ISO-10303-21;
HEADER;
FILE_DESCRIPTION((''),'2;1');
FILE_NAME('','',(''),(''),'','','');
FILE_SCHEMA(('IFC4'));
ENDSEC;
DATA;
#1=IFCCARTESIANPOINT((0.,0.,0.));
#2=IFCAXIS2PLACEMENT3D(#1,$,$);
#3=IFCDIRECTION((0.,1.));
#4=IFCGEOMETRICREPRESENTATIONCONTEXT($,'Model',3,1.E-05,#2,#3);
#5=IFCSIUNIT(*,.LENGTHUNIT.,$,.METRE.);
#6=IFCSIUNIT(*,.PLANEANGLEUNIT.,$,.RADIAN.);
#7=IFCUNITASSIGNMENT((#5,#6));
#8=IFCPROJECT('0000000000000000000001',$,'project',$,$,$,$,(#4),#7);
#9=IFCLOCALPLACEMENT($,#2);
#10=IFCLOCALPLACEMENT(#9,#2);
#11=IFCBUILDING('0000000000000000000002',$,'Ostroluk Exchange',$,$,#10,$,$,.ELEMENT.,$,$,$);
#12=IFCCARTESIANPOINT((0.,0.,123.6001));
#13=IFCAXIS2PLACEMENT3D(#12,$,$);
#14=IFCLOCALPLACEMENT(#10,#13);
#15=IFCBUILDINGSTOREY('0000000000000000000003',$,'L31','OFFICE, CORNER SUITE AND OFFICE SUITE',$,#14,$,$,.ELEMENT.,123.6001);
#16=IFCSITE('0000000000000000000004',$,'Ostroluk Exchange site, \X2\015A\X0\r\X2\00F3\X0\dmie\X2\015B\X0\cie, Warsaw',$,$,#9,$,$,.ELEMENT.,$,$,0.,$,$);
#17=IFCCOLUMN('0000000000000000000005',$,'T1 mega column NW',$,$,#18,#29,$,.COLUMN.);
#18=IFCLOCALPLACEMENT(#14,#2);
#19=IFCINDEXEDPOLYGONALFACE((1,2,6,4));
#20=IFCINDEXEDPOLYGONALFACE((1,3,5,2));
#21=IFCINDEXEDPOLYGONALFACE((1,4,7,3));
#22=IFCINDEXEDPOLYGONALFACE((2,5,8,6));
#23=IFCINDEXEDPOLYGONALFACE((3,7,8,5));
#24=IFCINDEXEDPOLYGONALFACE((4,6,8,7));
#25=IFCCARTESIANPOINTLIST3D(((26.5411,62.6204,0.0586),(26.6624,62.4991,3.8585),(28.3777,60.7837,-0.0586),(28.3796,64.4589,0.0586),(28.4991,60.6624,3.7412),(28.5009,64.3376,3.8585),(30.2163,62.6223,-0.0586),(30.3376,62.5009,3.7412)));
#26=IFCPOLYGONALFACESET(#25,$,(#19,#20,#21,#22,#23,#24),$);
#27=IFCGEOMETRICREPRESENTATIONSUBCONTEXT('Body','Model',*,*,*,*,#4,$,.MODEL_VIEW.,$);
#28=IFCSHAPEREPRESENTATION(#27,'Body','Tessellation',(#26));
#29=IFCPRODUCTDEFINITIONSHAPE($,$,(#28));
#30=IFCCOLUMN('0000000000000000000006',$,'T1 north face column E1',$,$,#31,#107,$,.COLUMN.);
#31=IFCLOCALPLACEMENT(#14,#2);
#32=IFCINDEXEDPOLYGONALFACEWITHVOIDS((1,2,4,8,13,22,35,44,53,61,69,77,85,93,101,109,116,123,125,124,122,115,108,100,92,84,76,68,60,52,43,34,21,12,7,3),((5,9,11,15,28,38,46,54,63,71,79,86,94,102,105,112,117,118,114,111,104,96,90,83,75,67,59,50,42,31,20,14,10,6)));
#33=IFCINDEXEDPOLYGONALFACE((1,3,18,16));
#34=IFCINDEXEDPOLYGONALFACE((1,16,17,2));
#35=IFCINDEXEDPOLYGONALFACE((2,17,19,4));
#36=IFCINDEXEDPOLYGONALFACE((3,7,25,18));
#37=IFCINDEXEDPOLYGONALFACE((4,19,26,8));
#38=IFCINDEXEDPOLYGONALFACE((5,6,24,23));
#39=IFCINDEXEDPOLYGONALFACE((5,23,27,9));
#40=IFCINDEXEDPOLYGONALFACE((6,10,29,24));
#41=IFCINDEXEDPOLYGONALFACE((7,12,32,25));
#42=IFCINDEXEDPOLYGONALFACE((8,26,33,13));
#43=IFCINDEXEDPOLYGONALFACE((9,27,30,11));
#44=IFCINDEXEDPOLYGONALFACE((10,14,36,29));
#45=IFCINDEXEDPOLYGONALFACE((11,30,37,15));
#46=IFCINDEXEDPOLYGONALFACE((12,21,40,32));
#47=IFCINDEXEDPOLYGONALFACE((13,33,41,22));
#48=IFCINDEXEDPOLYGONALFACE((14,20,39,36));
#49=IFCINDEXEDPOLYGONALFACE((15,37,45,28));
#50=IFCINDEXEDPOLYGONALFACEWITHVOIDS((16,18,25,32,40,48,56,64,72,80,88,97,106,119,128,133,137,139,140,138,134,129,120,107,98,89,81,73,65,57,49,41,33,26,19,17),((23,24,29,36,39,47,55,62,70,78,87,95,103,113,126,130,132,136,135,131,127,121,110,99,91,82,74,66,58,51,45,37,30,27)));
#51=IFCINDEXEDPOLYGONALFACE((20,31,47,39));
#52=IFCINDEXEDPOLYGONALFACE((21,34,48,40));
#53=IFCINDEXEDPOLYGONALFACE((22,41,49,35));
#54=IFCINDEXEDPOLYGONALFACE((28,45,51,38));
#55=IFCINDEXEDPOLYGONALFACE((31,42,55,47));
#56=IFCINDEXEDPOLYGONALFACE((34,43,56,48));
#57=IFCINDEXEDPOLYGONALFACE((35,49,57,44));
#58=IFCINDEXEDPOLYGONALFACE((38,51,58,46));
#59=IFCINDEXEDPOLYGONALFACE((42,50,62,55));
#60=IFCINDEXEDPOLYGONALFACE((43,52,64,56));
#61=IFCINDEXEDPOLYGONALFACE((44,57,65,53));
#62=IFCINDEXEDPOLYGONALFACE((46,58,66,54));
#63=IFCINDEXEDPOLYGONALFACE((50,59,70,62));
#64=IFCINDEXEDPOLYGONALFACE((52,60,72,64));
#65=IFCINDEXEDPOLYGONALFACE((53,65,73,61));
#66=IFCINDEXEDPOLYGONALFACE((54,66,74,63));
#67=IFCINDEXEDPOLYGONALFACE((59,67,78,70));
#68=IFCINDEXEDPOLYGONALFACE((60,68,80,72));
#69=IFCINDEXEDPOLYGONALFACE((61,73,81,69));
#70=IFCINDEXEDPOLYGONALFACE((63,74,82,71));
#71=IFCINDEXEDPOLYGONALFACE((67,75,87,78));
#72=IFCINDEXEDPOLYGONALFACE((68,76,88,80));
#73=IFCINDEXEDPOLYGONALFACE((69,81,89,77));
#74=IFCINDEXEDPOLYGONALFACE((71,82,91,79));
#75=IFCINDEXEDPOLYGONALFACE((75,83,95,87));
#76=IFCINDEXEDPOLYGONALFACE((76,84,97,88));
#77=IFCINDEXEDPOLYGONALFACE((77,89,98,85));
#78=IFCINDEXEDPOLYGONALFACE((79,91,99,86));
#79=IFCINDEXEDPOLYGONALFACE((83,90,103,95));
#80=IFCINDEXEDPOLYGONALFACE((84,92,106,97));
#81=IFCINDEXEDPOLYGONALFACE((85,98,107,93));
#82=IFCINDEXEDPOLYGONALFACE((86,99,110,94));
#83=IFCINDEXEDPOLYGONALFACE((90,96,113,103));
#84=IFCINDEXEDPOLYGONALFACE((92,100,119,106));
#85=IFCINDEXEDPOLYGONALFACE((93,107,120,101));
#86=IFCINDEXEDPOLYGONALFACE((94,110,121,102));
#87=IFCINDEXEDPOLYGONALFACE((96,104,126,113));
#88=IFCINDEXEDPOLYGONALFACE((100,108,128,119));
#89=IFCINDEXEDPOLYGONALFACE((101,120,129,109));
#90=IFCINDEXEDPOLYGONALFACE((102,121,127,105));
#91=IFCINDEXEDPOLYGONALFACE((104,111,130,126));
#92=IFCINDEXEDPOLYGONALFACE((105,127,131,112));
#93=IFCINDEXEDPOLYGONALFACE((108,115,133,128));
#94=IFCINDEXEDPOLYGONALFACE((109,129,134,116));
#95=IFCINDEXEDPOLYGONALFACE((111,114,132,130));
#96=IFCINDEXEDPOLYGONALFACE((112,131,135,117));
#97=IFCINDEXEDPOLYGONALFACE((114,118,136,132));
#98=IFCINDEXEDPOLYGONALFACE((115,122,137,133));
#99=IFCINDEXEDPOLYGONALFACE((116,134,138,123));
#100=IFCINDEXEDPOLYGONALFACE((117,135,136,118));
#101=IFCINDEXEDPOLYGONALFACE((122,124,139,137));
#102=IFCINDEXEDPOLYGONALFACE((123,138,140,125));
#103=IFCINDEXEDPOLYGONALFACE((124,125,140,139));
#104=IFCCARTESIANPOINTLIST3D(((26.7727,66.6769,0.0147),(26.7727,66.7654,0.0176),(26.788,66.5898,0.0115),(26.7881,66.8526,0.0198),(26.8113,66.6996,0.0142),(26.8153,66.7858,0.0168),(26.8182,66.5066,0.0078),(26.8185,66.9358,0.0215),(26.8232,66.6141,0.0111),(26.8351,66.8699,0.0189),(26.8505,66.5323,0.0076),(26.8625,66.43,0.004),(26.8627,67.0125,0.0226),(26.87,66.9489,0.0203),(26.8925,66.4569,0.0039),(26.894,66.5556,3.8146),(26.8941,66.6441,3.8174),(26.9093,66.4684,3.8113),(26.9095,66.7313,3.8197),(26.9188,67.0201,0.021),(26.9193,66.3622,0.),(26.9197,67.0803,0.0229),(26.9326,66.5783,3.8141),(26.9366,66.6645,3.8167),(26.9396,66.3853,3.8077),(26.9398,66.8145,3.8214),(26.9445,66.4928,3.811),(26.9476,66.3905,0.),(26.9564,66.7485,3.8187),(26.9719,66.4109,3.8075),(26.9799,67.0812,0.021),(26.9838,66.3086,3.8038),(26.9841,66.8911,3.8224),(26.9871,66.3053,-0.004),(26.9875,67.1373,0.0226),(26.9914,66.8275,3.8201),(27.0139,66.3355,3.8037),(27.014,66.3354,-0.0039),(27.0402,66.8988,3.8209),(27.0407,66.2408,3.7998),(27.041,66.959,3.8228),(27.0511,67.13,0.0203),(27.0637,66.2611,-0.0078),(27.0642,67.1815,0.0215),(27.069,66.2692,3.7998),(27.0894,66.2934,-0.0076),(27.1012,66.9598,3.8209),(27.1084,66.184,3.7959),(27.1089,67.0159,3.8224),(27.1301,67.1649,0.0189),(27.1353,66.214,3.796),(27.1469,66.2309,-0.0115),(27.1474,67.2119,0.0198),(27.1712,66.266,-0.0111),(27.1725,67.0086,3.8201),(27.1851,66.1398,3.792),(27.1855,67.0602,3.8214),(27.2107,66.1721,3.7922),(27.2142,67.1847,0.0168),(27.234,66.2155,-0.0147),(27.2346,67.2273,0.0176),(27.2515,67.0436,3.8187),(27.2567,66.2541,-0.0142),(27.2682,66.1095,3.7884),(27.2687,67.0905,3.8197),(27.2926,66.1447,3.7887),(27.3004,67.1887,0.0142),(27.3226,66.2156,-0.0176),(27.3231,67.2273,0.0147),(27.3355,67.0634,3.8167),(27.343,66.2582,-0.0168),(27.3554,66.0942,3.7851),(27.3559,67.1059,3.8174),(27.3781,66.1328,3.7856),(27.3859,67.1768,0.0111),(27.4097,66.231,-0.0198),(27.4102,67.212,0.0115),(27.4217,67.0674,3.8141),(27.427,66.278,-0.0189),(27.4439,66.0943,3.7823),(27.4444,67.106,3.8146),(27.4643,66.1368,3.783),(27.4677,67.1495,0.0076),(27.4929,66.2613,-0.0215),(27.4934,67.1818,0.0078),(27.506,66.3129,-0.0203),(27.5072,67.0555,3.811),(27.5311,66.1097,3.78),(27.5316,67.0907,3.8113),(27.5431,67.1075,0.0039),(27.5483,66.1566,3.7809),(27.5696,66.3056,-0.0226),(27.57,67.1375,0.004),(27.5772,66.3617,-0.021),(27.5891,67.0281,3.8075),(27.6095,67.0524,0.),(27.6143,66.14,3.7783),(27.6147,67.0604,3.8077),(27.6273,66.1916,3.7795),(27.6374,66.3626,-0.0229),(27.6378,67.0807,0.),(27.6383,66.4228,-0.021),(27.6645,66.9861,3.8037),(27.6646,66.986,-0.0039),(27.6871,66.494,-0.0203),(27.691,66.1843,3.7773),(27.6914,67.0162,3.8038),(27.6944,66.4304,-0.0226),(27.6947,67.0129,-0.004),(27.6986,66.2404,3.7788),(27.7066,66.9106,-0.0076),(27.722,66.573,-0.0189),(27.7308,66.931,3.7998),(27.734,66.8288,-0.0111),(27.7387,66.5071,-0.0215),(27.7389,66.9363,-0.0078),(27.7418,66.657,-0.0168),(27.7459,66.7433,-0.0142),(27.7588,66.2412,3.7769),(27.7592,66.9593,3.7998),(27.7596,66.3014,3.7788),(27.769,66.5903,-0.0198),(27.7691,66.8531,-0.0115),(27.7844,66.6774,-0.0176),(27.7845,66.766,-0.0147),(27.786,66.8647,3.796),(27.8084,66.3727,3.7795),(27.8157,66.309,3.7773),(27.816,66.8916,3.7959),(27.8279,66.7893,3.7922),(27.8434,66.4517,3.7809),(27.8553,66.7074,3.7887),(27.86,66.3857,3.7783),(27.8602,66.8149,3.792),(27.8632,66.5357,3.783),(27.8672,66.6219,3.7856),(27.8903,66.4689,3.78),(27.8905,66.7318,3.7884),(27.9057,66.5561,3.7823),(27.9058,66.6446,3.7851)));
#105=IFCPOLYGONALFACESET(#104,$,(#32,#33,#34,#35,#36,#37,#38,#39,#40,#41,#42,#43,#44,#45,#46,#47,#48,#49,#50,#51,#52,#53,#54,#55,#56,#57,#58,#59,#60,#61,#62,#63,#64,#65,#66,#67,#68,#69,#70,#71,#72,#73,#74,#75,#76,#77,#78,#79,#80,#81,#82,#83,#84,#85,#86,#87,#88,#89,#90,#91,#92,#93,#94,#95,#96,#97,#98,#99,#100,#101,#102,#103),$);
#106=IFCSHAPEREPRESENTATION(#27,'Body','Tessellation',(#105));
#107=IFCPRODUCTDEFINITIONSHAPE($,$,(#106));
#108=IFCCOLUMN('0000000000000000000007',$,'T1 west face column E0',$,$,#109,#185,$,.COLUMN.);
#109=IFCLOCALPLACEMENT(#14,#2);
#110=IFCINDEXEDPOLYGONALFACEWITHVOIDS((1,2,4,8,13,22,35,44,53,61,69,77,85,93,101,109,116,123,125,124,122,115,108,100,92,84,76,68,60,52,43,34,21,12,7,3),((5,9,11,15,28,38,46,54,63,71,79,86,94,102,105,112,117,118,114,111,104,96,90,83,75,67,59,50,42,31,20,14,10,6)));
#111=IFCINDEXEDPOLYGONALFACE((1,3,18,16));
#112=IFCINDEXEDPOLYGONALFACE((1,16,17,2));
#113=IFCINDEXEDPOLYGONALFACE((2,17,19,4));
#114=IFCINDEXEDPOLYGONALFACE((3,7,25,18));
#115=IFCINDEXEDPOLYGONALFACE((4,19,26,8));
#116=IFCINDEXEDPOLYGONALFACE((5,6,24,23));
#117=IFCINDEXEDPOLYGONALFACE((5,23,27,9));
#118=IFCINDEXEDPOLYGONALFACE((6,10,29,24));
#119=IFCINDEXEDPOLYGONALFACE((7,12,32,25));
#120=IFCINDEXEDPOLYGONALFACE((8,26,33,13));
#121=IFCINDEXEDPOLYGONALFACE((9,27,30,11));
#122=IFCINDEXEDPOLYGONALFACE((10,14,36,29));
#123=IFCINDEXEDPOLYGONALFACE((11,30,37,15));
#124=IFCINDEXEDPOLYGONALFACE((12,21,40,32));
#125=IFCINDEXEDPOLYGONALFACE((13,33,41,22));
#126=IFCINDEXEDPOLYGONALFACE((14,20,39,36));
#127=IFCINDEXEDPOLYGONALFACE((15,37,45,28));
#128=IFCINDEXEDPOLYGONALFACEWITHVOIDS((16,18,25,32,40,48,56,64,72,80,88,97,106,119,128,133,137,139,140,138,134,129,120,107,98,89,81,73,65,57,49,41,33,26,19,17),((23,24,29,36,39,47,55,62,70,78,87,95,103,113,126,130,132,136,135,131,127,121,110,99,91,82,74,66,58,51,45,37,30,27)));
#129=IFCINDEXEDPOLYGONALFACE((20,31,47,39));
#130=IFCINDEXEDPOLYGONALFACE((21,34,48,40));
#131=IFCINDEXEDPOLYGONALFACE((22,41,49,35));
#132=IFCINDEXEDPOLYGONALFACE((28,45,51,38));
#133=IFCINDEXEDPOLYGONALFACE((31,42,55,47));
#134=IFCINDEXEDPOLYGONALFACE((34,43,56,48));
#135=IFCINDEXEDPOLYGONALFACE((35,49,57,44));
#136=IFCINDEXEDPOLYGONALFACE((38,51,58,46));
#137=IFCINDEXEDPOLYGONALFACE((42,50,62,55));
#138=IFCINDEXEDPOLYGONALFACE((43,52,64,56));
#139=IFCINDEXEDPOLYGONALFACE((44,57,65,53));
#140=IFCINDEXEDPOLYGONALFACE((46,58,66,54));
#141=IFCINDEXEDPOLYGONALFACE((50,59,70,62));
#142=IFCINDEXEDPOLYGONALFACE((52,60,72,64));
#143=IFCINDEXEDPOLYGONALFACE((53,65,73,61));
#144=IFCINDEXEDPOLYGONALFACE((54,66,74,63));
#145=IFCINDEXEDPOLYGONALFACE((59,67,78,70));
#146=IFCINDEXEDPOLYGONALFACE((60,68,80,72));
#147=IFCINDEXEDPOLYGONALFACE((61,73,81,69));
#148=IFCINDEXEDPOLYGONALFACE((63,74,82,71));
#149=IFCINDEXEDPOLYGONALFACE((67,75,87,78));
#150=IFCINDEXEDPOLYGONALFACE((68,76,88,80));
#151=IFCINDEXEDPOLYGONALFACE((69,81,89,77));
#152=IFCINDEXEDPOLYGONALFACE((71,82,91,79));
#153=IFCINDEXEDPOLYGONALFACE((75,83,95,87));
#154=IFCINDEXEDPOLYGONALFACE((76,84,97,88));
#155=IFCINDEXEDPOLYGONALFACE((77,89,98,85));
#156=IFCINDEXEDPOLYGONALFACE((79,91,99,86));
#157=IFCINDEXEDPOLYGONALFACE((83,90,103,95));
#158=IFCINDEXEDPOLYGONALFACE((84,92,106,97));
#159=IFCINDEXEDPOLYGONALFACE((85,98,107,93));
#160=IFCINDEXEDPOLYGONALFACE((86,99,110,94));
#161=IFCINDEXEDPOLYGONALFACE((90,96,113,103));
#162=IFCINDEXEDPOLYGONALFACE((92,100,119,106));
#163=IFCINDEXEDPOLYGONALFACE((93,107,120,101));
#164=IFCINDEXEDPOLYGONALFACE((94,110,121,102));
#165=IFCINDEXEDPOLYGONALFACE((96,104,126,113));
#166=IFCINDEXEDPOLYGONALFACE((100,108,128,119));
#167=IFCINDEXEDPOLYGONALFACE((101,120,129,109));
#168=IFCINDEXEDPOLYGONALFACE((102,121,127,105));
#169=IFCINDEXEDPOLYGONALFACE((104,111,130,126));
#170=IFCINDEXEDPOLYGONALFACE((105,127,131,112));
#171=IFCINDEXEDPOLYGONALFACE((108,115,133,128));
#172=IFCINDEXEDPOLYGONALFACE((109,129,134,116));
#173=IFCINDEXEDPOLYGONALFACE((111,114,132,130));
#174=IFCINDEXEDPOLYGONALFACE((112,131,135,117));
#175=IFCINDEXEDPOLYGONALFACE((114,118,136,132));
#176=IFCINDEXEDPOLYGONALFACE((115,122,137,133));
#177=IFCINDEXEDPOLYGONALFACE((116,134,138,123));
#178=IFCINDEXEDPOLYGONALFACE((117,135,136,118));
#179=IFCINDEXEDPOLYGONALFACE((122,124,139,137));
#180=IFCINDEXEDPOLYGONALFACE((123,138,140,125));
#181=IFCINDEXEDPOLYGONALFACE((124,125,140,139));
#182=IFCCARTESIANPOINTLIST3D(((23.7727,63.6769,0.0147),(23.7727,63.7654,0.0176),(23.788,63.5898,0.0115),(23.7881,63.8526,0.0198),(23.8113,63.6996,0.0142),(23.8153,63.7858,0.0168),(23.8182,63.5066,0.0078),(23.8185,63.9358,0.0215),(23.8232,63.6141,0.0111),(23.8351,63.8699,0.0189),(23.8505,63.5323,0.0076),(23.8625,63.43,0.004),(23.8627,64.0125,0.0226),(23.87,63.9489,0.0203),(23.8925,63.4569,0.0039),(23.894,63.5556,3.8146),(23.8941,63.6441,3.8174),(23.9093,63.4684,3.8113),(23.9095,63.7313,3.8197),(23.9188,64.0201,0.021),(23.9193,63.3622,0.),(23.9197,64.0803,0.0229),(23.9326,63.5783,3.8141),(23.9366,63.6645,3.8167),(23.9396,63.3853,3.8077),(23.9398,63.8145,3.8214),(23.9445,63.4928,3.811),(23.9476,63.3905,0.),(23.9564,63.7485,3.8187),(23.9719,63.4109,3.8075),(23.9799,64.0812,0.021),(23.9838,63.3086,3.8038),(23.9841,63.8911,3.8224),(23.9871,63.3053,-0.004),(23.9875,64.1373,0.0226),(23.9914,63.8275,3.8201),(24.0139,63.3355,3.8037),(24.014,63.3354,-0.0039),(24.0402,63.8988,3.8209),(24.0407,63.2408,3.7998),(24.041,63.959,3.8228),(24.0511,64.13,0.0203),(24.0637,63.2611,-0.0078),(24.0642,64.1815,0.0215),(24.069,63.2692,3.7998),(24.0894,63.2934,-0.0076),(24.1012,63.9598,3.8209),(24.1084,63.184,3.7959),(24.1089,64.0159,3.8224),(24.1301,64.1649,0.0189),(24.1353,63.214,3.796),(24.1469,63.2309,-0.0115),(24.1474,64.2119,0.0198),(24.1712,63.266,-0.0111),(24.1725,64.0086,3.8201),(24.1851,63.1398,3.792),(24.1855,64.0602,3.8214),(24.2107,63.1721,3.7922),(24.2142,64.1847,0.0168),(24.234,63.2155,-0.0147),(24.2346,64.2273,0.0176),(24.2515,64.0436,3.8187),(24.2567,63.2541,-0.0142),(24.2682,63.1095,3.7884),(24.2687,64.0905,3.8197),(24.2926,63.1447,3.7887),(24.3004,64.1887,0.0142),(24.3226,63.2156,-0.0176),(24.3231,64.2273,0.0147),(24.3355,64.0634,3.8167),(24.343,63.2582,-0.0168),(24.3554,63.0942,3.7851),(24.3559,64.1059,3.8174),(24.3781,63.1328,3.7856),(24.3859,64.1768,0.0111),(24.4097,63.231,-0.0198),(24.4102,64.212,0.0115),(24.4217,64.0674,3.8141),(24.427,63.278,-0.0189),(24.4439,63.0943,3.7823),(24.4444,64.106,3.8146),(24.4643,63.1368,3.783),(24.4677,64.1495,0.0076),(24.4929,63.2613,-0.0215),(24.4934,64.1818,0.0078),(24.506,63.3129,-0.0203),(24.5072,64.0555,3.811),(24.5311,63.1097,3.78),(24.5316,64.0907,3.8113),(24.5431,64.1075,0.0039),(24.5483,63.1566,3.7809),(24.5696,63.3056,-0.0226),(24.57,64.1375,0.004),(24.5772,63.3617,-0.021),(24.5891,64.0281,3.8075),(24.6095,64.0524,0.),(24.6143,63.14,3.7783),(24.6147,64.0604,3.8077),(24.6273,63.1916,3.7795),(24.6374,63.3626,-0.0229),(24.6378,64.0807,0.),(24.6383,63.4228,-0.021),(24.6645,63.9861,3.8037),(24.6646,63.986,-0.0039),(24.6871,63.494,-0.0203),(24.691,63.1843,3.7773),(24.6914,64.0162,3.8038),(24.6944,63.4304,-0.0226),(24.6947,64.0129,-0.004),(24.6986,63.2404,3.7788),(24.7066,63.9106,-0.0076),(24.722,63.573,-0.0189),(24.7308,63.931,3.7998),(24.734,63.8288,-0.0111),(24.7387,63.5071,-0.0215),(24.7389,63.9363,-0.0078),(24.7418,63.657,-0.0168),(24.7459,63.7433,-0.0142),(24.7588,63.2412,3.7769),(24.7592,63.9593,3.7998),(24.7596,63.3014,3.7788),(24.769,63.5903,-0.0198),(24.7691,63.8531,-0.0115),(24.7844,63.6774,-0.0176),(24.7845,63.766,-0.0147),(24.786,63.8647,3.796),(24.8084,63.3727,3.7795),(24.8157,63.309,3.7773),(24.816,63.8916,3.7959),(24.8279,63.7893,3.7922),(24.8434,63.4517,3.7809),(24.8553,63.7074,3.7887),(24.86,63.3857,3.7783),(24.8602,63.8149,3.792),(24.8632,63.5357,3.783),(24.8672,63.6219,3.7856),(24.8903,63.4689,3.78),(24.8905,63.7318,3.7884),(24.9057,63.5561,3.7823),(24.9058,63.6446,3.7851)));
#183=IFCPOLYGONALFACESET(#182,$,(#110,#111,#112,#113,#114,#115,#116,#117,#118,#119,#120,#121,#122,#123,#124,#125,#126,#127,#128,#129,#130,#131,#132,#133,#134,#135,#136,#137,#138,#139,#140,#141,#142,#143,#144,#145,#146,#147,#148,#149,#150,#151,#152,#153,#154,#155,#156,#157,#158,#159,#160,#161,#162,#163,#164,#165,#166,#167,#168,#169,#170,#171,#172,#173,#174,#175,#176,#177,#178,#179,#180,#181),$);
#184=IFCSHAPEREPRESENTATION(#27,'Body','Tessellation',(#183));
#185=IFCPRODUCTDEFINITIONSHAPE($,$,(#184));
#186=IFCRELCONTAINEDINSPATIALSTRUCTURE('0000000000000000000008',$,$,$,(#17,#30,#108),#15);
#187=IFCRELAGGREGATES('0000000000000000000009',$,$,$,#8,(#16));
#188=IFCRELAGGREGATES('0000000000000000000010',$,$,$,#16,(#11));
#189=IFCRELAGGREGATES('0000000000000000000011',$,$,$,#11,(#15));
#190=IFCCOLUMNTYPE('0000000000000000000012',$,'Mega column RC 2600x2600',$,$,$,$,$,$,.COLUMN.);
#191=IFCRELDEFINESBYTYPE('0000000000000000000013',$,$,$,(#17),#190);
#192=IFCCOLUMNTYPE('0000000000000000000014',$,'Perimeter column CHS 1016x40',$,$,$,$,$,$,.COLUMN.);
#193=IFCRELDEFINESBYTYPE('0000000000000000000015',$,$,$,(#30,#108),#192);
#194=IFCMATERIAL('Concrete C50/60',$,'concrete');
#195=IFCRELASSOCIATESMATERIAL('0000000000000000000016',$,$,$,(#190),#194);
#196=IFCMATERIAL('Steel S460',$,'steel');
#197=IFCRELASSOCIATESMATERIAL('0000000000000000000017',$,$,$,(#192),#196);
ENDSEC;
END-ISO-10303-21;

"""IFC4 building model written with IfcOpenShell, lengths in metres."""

from ifc_helpers import new_model, si_unit, direction, frame, origin, origin_2d, place, context, subcontext, project, spatial, rectangle, hollow_circle, extrude, material, material_profile, profile_set, type_object, element, save


model = new_model("IFC4")

# Units and contexts
model_context = context("Model", 3, precision=1e-05, world=origin(), true_north=direction((0.0, 1.0)))
body_context = subcontext(model_context, "Body", "Model", "MODEL_VIEW")
ifc_project = project(units=[si_unit("LENGTHUNIT", "METRE"), si_unit("PLANEANGLEUNIT", "RADIAN")], contexts=[model_context])

# Site, building, storey
site_placement = place(None, origin())
site = spatial("IfcSite", under=ifc_project, at=site_placement, Name="Ostroluk Exchange site, Śródmieście, Warsaw", CompositionType="ELEMENT", RefElevation=0.0)
building_placement = place(site_placement, origin())
building = spatial("IfcBuilding", under=site, at=building_placement, Name="Ostroluk Exchange", CompositionType="ELEMENT")
storey_placement = place(building_placement, frame((0.0, 0.0, 123.6001)))
storey = spatial("IfcBuildingStorey", under=building, at=storey_placement, Name="L31", Description="OFFICE, CORNER SUITE AND OFFICE SUITE", CompositionType="ELEMENT", Elevation=123.6001)

# Columns
ifc_material_1 = material(Name="Concrete C50/60", Category="concrete")
ifc_material_profile_1 = material_profile(ifc_material_1, rectangle(XDim=2.6001, YDim=2.6001, at=origin_2d()), Name="RC 2600x2600")
ifc_profile_set_1 = profile_set([ifc_material_profile_1], Name="Concrete C50/60")
column_type_1 = type_object("IfcColumnType", Name="Mega column RC 2600x2600", PredefinedType="COLUMN", material=ifc_profile_set_1)
column_placement = place(storey_placement, frame((28.3787, 62.6213, 0.0), z_axis=(0.0319, -0.0319, 0.998982), x_axis=(0.707107, 0.707107, 0.0)))
element("IfcColumn", 1, at=column_placement, inside=storey, type_object=column_type_1, Name="T1 mega column NW", PredefinedType="COLUMN", context=body_context, shape_type="SweptSolid", body=[
    extrude(rectangle(XDim=2.6001, YDim=2.6001, at=origin_2d()), origin(), (0.0, 0.0, 1.0), 3.8037),
])
ifc_material_2 = material(Name="Steel S460", Category="steel")
ifc_material_profile_2 = material_profile(ifc_material_2, hollow_circle(Radius=0.5081, WallThickness=0.04, at=origin_2d()), Name="CHS 1016x40")
ifc_profile_set_2 = profile_set([ifc_material_profile_2], Name="Steel S460")
column_type_2 = type_object("IfcColumnType", Name="Perimeter column CHS 1016x40", PredefinedType="COLUMN", material=ifc_profile_set_2)
for number, where, z_axis, x_axis, name in (
    (2, (27.2786, 66.7214, 0.0), (0.0319, -0.0319, 0.998982), (0.707107, 0.707107, 0.0), "T1 north face column E1"),
    (3, (24.2786, 63.7214, 0.0), (0.0319, -0.0319, 0.998982), (0.707107, 0.707107, 0.0), "T1 west face column E0"),
):
    element("IfcColumn", number, at=place(storey_placement, frame(where, z_axis=z_axis, x_axis=x_axis)), inside=storey, type_object=column_type_2, Name=name, PredefinedType="COLUMN", context=body_context, shape_type="SweptSolid", body=[
        extrude(hollow_circle(Radius=0.5081, WallThickness=0.04, at=origin_2d()), origin(), (0.0, 0.0, 1.0), 3.8037),
    ])

save(model, "model.ifc")
